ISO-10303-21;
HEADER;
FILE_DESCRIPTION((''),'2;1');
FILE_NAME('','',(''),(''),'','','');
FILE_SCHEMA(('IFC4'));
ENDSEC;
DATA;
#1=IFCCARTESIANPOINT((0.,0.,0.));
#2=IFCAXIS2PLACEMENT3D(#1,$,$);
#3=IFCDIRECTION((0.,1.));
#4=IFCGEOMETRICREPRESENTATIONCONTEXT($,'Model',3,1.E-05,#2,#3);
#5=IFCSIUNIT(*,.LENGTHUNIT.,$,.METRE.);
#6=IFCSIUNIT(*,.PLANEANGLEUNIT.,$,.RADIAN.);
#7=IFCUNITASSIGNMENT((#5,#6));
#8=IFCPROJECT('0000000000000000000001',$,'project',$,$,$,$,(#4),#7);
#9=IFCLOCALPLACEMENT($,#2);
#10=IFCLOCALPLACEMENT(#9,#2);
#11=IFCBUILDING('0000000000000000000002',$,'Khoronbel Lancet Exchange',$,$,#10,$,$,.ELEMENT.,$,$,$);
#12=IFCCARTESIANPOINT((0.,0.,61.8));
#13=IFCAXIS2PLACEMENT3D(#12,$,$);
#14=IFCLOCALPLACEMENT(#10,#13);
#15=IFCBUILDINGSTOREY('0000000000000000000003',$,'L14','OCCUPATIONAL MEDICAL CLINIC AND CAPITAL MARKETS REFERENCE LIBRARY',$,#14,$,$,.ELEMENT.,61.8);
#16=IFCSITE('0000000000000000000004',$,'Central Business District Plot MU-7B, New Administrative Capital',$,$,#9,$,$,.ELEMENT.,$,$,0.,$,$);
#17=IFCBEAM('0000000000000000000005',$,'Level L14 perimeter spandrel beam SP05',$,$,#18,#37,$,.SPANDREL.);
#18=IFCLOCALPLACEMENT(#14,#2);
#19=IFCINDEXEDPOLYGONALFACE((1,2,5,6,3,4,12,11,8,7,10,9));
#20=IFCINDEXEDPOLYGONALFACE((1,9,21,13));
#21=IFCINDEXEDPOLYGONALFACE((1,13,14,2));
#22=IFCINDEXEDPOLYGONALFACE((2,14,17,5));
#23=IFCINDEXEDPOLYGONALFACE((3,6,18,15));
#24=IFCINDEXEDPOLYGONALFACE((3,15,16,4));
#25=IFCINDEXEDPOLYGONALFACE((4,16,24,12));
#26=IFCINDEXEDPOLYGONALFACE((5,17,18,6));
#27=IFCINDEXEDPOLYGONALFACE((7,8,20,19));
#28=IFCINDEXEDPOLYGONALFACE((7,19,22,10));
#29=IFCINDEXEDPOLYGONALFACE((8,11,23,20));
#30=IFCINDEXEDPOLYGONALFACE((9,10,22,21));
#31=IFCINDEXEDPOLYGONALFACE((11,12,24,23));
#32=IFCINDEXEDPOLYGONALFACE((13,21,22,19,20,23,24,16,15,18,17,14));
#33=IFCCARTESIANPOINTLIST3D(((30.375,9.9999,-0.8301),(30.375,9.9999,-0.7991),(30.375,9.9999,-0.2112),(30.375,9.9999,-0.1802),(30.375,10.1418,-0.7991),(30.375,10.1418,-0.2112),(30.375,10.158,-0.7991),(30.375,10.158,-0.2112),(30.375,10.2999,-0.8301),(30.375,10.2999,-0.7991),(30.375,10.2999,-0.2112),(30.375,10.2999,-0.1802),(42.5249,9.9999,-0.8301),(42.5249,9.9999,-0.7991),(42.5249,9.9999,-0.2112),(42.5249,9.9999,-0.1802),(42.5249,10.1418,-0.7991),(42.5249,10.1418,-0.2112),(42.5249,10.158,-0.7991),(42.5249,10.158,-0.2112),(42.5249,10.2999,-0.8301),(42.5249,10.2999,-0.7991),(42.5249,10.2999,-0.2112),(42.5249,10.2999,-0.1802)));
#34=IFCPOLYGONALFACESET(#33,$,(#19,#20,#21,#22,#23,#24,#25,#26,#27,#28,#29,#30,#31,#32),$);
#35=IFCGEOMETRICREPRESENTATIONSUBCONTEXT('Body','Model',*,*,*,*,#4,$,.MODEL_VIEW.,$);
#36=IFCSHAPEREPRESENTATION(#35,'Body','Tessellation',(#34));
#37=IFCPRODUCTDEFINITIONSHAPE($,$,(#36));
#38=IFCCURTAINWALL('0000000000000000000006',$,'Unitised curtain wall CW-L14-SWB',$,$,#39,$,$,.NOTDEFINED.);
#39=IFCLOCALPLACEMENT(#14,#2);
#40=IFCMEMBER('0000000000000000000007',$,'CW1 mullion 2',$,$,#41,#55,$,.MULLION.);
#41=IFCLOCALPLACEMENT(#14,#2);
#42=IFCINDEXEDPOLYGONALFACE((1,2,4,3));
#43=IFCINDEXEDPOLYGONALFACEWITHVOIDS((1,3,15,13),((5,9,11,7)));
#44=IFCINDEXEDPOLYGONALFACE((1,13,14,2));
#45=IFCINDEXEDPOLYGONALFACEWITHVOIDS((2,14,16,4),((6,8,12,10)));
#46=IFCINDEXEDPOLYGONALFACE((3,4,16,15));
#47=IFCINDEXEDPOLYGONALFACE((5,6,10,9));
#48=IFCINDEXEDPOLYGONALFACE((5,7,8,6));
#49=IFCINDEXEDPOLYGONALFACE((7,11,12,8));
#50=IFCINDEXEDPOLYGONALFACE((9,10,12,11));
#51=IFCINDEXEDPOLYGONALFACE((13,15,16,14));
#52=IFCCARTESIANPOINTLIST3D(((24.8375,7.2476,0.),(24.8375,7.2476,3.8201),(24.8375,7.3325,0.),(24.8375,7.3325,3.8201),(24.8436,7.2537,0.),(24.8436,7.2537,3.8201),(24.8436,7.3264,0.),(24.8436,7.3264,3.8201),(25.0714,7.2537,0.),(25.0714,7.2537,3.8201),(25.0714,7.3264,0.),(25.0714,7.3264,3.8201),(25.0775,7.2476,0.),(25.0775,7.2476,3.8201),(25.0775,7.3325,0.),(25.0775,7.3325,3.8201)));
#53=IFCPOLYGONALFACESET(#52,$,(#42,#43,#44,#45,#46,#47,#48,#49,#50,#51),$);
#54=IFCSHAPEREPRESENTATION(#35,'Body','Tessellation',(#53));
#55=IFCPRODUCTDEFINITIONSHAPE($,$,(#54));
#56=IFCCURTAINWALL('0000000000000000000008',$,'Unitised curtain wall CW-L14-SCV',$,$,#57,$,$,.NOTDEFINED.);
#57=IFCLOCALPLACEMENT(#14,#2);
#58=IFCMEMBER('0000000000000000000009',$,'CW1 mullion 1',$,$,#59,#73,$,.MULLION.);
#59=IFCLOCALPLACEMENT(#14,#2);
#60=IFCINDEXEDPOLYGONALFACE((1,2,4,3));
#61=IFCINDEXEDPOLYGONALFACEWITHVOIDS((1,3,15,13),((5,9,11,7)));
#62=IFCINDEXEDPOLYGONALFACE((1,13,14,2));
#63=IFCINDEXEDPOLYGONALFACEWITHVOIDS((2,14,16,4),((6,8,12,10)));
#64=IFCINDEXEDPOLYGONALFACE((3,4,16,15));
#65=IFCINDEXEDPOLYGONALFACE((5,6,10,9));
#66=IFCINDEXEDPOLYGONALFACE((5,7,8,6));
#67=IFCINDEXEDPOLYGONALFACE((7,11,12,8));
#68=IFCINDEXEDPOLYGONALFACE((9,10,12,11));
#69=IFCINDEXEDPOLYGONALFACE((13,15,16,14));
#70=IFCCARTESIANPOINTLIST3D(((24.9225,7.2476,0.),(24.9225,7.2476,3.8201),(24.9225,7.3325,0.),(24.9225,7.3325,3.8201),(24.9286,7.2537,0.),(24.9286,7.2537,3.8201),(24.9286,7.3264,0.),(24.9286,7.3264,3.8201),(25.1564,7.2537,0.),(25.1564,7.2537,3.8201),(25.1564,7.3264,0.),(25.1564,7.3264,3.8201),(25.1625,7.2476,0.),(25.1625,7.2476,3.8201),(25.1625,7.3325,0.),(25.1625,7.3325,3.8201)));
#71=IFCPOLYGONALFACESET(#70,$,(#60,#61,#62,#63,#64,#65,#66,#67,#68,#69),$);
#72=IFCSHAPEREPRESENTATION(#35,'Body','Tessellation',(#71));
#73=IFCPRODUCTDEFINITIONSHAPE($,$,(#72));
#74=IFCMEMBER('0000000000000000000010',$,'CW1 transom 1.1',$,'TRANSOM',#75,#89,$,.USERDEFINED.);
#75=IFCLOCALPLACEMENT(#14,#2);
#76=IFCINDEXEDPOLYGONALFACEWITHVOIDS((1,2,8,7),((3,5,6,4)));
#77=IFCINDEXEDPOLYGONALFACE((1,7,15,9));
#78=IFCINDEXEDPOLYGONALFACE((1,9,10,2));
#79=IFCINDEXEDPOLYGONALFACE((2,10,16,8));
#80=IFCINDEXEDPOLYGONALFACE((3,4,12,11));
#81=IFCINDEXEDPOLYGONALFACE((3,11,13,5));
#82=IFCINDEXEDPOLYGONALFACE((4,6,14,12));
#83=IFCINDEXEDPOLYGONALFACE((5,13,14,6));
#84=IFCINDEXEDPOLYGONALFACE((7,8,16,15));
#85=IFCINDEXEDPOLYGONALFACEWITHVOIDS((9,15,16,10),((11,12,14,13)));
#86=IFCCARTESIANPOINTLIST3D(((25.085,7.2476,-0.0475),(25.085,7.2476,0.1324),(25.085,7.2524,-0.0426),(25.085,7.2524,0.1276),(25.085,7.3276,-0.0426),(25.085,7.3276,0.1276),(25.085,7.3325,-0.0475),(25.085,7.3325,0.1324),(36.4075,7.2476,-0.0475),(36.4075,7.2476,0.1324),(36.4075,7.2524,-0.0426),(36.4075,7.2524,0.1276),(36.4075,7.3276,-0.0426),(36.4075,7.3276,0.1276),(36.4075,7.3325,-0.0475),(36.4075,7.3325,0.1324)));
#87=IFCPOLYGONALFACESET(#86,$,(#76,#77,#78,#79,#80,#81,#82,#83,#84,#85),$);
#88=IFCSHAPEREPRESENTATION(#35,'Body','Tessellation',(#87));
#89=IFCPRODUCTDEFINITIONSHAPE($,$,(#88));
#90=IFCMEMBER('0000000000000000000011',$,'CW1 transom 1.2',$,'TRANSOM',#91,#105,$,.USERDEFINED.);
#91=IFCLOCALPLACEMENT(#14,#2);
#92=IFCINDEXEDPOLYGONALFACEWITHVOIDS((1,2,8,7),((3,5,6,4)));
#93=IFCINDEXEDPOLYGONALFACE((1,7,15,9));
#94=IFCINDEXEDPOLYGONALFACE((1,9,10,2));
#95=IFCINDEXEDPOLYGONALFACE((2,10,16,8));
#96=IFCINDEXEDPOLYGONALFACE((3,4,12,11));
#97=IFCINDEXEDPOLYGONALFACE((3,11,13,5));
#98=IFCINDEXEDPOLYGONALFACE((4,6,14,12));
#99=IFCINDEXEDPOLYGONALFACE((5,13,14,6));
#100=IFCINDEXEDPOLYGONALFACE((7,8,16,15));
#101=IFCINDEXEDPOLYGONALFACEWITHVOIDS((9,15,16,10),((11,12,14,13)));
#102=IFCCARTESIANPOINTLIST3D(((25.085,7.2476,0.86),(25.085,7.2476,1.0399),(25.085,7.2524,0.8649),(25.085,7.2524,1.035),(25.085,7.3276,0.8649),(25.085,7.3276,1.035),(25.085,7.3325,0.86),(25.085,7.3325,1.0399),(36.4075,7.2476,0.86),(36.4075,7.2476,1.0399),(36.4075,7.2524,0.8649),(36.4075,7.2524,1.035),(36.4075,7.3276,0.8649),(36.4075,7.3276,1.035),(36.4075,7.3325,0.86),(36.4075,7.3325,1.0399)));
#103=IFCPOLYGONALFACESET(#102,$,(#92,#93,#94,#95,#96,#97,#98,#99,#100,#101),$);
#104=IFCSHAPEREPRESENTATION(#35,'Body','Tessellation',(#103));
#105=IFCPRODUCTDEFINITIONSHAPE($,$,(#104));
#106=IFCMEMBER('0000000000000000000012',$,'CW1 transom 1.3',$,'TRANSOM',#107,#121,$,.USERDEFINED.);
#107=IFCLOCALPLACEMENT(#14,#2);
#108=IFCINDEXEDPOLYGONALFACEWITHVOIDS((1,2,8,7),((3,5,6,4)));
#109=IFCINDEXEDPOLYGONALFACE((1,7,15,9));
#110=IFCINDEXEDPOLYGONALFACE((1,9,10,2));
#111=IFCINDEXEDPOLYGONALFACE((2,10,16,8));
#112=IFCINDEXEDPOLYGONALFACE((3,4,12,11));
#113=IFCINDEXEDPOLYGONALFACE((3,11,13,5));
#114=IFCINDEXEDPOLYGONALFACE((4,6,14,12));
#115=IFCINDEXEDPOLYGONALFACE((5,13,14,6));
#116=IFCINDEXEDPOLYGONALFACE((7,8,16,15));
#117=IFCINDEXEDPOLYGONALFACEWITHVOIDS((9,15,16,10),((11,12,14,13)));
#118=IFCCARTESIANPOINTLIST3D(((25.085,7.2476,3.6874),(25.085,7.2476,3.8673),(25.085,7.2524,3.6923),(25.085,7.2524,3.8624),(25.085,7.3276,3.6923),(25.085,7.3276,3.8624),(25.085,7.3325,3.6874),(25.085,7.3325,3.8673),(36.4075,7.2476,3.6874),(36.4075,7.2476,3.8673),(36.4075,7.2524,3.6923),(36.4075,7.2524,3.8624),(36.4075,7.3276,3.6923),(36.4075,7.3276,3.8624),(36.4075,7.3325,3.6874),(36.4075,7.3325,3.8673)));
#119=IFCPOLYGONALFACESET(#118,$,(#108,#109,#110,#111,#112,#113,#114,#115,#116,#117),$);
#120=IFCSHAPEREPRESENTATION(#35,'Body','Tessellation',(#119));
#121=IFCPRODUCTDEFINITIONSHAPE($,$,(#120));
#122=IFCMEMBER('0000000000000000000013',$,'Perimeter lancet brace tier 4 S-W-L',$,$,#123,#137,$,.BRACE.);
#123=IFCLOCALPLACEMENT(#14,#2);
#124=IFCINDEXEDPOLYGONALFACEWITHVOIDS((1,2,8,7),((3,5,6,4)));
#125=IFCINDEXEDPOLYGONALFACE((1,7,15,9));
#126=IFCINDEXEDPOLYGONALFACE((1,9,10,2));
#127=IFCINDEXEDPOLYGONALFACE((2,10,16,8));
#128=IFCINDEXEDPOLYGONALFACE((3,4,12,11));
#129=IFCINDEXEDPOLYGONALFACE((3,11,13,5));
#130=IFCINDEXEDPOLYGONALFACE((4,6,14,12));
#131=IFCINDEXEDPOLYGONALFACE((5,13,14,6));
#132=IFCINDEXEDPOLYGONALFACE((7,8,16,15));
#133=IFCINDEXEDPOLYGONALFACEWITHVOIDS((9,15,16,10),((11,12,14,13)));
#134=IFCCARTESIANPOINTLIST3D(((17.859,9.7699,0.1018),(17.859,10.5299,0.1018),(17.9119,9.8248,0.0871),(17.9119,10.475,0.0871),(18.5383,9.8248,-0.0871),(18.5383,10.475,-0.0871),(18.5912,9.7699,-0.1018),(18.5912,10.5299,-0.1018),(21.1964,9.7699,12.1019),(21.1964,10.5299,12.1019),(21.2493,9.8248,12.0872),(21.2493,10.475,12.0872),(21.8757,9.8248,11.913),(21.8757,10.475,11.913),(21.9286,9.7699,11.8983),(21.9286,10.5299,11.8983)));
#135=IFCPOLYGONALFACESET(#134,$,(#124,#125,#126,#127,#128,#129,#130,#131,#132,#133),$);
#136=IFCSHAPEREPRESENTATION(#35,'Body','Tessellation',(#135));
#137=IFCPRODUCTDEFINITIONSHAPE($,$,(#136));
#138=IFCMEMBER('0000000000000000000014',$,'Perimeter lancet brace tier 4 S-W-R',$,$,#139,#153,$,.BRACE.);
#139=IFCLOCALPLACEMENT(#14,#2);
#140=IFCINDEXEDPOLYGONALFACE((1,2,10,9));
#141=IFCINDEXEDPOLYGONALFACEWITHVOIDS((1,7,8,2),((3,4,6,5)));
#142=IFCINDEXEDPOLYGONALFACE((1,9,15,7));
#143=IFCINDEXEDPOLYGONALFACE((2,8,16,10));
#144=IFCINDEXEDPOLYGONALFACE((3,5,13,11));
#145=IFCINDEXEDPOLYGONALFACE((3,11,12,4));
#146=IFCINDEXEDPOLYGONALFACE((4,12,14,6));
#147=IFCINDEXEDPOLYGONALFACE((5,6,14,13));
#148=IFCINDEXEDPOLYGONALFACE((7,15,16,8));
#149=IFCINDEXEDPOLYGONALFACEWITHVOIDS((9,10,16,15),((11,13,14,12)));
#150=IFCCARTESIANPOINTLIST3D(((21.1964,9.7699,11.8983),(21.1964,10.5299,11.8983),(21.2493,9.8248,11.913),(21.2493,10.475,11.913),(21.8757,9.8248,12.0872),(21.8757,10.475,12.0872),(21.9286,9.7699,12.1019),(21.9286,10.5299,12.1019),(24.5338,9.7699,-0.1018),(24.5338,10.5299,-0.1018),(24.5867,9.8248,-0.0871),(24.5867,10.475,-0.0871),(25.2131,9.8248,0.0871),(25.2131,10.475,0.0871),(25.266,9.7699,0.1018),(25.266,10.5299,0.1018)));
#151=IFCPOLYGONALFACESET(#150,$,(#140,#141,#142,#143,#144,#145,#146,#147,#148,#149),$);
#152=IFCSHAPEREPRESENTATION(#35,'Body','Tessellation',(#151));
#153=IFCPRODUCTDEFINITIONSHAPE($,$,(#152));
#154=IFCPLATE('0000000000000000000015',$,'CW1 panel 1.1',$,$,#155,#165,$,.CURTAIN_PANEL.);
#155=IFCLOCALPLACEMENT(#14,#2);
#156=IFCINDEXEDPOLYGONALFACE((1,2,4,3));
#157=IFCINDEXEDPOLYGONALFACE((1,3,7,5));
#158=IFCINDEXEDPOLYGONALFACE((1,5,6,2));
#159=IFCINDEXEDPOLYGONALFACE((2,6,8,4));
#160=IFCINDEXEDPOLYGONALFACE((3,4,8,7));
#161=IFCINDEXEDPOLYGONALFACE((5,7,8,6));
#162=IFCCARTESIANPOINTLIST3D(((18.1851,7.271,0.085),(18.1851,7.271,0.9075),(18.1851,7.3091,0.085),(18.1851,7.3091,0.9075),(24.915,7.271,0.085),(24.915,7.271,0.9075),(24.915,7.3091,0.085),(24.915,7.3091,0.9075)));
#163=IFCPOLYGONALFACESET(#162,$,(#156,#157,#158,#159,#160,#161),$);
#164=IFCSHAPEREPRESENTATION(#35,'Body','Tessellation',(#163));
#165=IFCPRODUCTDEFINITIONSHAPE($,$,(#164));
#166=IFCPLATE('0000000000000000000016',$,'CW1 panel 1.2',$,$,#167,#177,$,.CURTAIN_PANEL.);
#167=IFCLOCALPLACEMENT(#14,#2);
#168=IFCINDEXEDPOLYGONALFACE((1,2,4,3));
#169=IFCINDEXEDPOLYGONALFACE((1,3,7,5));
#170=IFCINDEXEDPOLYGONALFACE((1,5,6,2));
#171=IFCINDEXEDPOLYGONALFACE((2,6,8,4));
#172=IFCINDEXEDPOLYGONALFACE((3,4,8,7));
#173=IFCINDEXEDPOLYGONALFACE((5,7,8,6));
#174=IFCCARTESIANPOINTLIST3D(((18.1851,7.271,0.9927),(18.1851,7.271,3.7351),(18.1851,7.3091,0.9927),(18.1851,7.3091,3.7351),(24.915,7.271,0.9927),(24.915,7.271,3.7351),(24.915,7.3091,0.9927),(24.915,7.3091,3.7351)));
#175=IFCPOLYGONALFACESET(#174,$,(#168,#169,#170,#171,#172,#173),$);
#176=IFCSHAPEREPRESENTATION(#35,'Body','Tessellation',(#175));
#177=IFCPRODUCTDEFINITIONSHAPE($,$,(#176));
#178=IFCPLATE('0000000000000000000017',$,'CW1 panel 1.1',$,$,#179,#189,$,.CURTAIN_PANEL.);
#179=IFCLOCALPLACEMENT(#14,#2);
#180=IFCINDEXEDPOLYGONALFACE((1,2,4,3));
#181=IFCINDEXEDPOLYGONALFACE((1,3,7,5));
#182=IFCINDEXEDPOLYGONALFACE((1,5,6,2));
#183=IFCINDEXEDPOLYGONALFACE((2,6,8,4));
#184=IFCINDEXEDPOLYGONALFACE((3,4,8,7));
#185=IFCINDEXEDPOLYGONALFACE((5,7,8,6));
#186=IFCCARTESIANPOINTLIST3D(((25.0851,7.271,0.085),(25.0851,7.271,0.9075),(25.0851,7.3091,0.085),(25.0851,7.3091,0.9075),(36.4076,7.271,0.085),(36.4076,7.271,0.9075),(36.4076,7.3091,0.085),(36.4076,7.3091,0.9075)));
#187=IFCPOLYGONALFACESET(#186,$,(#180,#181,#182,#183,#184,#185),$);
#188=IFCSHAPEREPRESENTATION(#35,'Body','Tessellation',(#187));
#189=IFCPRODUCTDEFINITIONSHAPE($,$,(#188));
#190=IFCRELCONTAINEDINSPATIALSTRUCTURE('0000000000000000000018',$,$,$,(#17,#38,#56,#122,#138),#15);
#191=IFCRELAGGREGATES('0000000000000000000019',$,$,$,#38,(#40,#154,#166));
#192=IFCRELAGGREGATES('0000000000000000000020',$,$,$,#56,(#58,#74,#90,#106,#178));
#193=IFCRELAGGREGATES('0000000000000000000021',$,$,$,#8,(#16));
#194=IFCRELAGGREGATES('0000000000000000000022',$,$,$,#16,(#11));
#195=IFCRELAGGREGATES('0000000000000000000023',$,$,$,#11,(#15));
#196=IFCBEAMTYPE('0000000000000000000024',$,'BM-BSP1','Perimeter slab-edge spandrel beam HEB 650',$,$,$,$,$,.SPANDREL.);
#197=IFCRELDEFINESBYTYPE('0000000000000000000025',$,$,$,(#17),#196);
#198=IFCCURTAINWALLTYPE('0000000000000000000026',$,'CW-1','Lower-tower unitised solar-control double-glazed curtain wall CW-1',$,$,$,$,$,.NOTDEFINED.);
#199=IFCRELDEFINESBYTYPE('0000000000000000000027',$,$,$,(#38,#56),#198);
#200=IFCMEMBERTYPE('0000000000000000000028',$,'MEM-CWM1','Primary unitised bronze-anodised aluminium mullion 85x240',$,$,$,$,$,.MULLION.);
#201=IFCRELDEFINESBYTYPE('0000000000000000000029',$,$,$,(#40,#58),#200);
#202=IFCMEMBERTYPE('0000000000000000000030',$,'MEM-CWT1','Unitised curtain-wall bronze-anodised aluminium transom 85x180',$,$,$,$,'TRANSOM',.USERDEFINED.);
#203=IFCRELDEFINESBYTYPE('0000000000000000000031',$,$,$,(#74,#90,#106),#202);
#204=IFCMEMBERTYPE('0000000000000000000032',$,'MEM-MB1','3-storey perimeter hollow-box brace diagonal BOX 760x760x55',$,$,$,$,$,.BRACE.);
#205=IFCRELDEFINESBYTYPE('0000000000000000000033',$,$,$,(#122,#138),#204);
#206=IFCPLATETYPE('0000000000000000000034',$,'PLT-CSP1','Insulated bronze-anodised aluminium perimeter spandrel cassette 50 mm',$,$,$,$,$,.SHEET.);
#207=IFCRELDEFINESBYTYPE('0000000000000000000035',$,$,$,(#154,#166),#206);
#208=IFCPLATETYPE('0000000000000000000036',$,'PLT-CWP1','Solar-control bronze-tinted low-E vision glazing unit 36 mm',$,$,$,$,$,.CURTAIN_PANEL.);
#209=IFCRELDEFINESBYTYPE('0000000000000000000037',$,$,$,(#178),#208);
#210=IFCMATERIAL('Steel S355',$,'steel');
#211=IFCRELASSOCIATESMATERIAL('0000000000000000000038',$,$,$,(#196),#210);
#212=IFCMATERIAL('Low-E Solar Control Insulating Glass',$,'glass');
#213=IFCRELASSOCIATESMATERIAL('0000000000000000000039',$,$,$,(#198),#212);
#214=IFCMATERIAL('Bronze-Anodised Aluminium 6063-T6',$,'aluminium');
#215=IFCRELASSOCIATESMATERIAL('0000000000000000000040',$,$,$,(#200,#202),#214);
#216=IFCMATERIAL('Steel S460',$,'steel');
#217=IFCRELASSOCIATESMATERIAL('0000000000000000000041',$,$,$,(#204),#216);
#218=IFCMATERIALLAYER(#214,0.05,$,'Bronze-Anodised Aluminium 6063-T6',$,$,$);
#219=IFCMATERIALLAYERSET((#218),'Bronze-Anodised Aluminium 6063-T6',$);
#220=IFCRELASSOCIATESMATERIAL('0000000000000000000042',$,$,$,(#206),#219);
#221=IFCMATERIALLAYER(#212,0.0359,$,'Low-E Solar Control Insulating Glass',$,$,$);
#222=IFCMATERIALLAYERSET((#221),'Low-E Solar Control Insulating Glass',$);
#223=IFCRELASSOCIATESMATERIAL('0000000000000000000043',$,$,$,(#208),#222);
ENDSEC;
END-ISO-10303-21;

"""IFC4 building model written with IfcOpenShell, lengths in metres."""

from ifc_helpers import new_model, si_unit, direction, frame, origin, origin_2d, place, context, subcontext, project, spatial, rectangle, hollow_rectangle, i_section, extrude, material, layer, layer_set, material_profile, profile_set, type_object, element, aggregate, save


model = new_model("IFC4")

# Units and contexts
model_context = context("Model", 3, precision=1e-05, world=origin(), true_north=direction((0.0, 1.0)))
body_context = subcontext(model_context, "Body", "Model", "MODEL_VIEW")
ifc_project = project(units=[si_unit("LENGTHUNIT", "METRE"), si_unit("PLANEANGLEUNIT", "RADIAN")], contexts=[model_context])

# Site, building, storey
site_placement = place(None, origin())
site = spatial("IfcSite", under=ifc_project, at=site_placement, Name="Central Business District Plot MU-7B, New Administrative Capital", CompositionType="ELEMENT", RefElevation=0.0)
building_placement = place(site_placement, origin())
building = spatial("IfcBuilding", under=site, at=building_placement, Name="Khoronbel Lancet Exchange", CompositionType="ELEMENT")
storey_placement = place(building_placement, frame((0.0, 0.0, 61.8)))
storey = spatial("IfcBuildingStorey", under=building, at=storey_placement, Name="L14", Description="OCCUPATIONAL MEDICAL CLINIC AND CAPITAL MARKETS REFERENCE LIBRARY", CompositionType="ELEMENT", Elevation=61.8)

# Shared definitions
ifc_material_1 = material(Name="Steel S460", Category="steel")

# Beam
ifc_material_2 = material(Name="Steel S355", Category="steel")
ifc_material_profile_1 = material_profile(ifc_material_2, i_section(OverallWidth=0.3, OverallDepth=0.6499, WebThickness=0.0161, FlangeThickness=0.031, at=origin_2d()), Name="HEB 650")
ifc_profile_set_1 = profile_set([ifc_material_profile_1], Name="Steel S355")
beam_type_1 = type_object("IfcBeamType", Name="BM-BSP1", Description="Perimeter slab-edge spandrel beam HEB 650", PredefinedType="SPANDREL", material=ifc_profile_set_1)
beam_1_placement = place(storey_placement, frame((30.375, 10.1499, -0.5051), z_axis=(1.0, 0.0, 0.0), x_axis=(0.0, 1.0, 0.0)))
element("IfcBeam", 1, at=beam_1_placement, inside=storey, type_object=beam_type_1, Name="Level L14 perimeter spandrel beam SP05", PredefinedType="SPANDREL", context=body_context, shape_type="SweptSolid", body=[
    extrude(i_section(OverallWidth=0.3, OverallDepth=0.6499, WebThickness=0.0161, FlangeThickness=0.031, at=origin_2d()), origin(), (0.0, 0.0, 1.0), 12.1499),
])

# Curtain wall, member
ifc_material_3 = material(Name="Low-E Solar Control Insulating Glass", Category="glass")
curtain_wall_type = type_object("IfcCurtainWallType", Name="CW-1", Description="Lower-tower unitised solar-control double-glazed curtain wall CW-1", PredefinedType="NOTDEFINED", material=ifc_material_3)
curtain_wall_1_placement = place(storey_placement, origin())
curtain_wall_1 = element("IfcCurtainWall", 2, at=curtain_wall_1_placement, inside=storey, type_object=curtain_wall_type, Name="Unitised curtain wall CW-L14-SWB", PredefinedType="NOTDEFINED")
ifc_material_4 = material(Name="Bronze-Anodised Aluminium 6063-T6", Category="aluminium")
ifc_material_profile_2 = material_profile(ifc_material_4, hollow_rectangle(XDim=0.085, YDim=0.24, WallThickness=0.0061, at=origin_2d()), Name="ALU MULLION 85x240")
ifc_profile_set_2 = profile_set([ifc_material_profile_2], Name="Bronze-Anodised Aluminium 6063-T6")
member_type_1 = type_object("IfcMemberType", Name="MEM-CWM1", Description="Primary unitised bronze-anodised aluminium mullion 85x240", PredefinedType="MULLION", material=ifc_profile_set_2)
member_1_placement = place(storey_placement, frame((24.9575, 7.29, 0.0), z_axis=(0.0, 0.0, 1.0), x_axis=(0.0, 1.0, 0.0)))
member_1 = element("IfcMember", 3, at=member_1_placement, type_object=member_type_1, Name="CW1 mullion 2", PredefinedType="MULLION", context=body_context, shape_type="SweptSolid", body=[
    extrude(hollow_rectangle(XDim=0.085, YDim=0.24, WallThickness=0.0061, at=origin_2d()), origin(), (0.0, 0.0, 1.0), 3.8201),
])

# Curtain wall, members
curtain_wall_2_placement = place(storey_placement, origin())
curtain_wall_2 = element("IfcCurtainWall", 4, at=curtain_wall_2_placement, inside=storey, type_object=curtain_wall_type, Name="Unitised curtain wall CW-L14-SCV", PredefinedType="NOTDEFINED")
member_2_placement = place(storey_placement, frame((25.0425, 7.29, 0.0), z_axis=(0.0, 0.0, 1.0), x_axis=(0.0, 1.0, 0.0)))
member_2 = element("IfcMember", 5, at=member_2_placement, type_object=member_type_1, Name="CW1 mullion 1", PredefinedType="MULLION", context=body_context, shape_type="SweptSolid", body=[
    extrude(hollow_rectangle(XDim=0.085, YDim=0.24, WallThickness=0.0061, at=origin_2d()), origin(), (0.0, 0.0, 1.0), 3.8201),
])
ifc_material_profile_3 = material_profile(ifc_material_4, hollow_rectangle(XDim=0.085, YDim=0.1799, WallThickness=0.0049, at=origin_2d()), Name="ALU TRANSOM 85x180")
ifc_profile_set_3 = profile_set([ifc_material_profile_3], Name="Bronze-Anodised Aluminium 6063-T6")
member_type_2 = type_object("IfcMemberType", Name="MEM-CWT1", Description="Unitised curtain-wall bronze-anodised aluminium transom 85x180", ElementType="TRANSOM", PredefinedType="USERDEFINED", material=ifc_profile_set_3)
member_3_placement = place(storey_placement, frame((25.085, 7.29, 0.0425), z_axis=(1.0, 0.0, 0.0), x_axis=(0.0, 1.0, 0.0)))
member_3 = element("IfcMember", 6, at=member_3_placement, type_object=member_type_2, Name="CW1 transom 1.1", ObjectType="TRANSOM", PredefinedType="USERDEFINED", context=body_context, shape_type="SweptSolid", body=[
    extrude(hollow_rectangle(XDim=0.085, YDim=0.1799, WallThickness=0.0049, at=origin_2d()), origin(), (0.0, 0.0, 1.0), 11.3225),
])
member_4_placement = place(storey_placement, frame((25.085, 7.29, 0.95), z_axis=(1.0, 0.0, 0.0), x_axis=(0.0, 1.0, 0.0)))
member_4 = element("IfcMember", 7, at=member_4_placement, type_object=member_type_2, Name="CW1 transom 1.2", ObjectType="TRANSOM", PredefinedType="USERDEFINED", context=body_context, shape_type="SweptSolid", body=[
    extrude(hollow_rectangle(XDim=0.085, YDim=0.1799, WallThickness=0.0049, at=origin_2d()), origin(), (0.0, 0.0, 1.0), 11.3225),
])
member_5_placement = place(storey_placement, frame((25.085, 7.29, 3.7773), z_axis=(1.0, 0.0, 0.0), x_axis=(0.0, 1.0, 0.0)))
member_5 = element("IfcMember", 8, at=member_5_placement, type_object=member_type_2, Name="CW1 transom 1.3", ObjectType="TRANSOM", PredefinedType="USERDEFINED", context=body_context, shape_type="SweptSolid", body=[
    extrude(hollow_rectangle(XDim=0.085, YDim=0.1799, WallThickness=0.0049, at=origin_2d()), origin(), (0.0, 0.0, 1.0), 11.3225),
])

# Members
ifc_material_profile_4 = material_profile(ifc_material_1, hollow_rectangle(XDim=0.76, YDim=0.76, WallThickness=0.0549, at=origin_2d()), Name="BOX 760x760x55")
ifc_profile_set_4 = profile_set([ifc_material_profile_4], Name="Steel S460")
member_type_3 = type_object("IfcMemberType", Name="MEM-MB1", Description="3-storey perimeter hollow-box brace diagonal BOX 760x760x55", PredefinedType="BRACE", material=ifc_profile_set_4)
for number, where, z_axis, x_axis, name in (
    (9, (18.2251, 10.1499, 0.0), (0.267947, 0.0, 0.963434), (0.0, 1.0, 0.0), "Perimeter lancet brace tier 4 S-W-L"),
    (10, (24.8999, 10.1499, 0.0), (-0.267947, 0.0, 0.963434), (0.0, -1.0, 0.0), "Perimeter lancet brace tier 4 S-W-R"),
):
    element("IfcMember", number, at=place(storey_placement, frame(where, z_axis=z_axis, x_axis=x_axis)), inside=storey, type_object=member_type_3, Name=name, PredefinedType="BRACE", context=body_context, shape_type="SweptSolid", body=[
        extrude(hollow_rectangle(XDim=0.76, YDim=0.76, WallThickness=0.0549, at=origin_2d()), origin(), (0.0, 0.0, 1.0), 12.4556),
    ])

# Plates
ifc_layer_1 = layer(ifc_material_4, 0.05, Name="Bronze-Anodised Aluminium 6063-T6")
ifc_layer_set_1 = layer_set([ifc_layer_1], Name="Bronze-Anodised Aluminium 6063-T6")
plate_type_1 = type_object("IfcPlateType", Name="PLT-CSP1", Description="Insulated bronze-anodised aluminium perimeter spandrel cassette 50 mm", PredefinedType="SHEET", material=ifc_layer_set_1)
plate_1_placement = place(storey_placement, frame((21.55, 7.29, 0.085), z_axis=(0.0, 0.0, 1.0), x_axis=(1.0, 0.0, 0.0)))
plate_1 = element("IfcPlate", 11, at=plate_1_placement, type_object=plate_type_1, Name="CW1 panel 1.1", PredefinedType="CURTAIN_PANEL", context=body_context, shape_type="SweptSolid", body=[
    extrude(rectangle(XDim=6.73, YDim=0.0381, at=origin_2d()), origin(), (0.0, 0.0, 1.0), 0.8225),
])
plate_2_placement = place(storey_placement, frame((21.55, 7.29, 0.9927), z_axis=(0.0, 0.0, 1.0), x_axis=(1.0, 0.0, 0.0)))
plate_2 = element("IfcPlate", 12, at=plate_2_placement, type_object=plate_type_1, Name="CW1 panel 1.2", PredefinedType="CURTAIN_PANEL", context=body_context, shape_type="SweptSolid", body=[
    extrude(rectangle(XDim=6.73, YDim=0.0381, at=origin_2d()), origin(), (0.0, 0.0, 1.0), 2.7424),
])
aggregate(curtain_wall_1, [member_1, plate_1, plate_2])
ifc_layer_2 = layer(ifc_material_3, 0.0359, Name="Low-E Solar Control Insulating Glass")
ifc_layer_set_2 = layer_set([ifc_layer_2], Name="Low-E Solar Control Insulating Glass")
plate_type_2 = type_object("IfcPlateType", Name="PLT-CWP1", Description="Solar-control bronze-tinted low-E vision glazing unit 36 mm", PredefinedType="CURTAIN_PANEL", material=ifc_layer_set_2)
plate_3_placement = place(storey_placement, frame((30.7463, 7.29, 0.085), z_axis=(0.0, 0.0, 1.0), x_axis=(1.0, 0.0, 0.0)))
plate_3 = element("IfcPlate", 13, at=plate_3_placement, type_object=plate_type_2, Name="CW1 panel 1.1", PredefinedType="CURTAIN_PANEL", context=body_context, shape_type="SweptSolid", body=[
    extrude(rectangle(XDim=11.3225, YDim=0.0381, at=origin_2d()), origin(), (0.0, 0.0, 1.0), 0.8225),
])
aggregate(curtain_wall_2, [member_2, member_3, member_4, member_5, plate_3])

save(model, "model.ifc")
